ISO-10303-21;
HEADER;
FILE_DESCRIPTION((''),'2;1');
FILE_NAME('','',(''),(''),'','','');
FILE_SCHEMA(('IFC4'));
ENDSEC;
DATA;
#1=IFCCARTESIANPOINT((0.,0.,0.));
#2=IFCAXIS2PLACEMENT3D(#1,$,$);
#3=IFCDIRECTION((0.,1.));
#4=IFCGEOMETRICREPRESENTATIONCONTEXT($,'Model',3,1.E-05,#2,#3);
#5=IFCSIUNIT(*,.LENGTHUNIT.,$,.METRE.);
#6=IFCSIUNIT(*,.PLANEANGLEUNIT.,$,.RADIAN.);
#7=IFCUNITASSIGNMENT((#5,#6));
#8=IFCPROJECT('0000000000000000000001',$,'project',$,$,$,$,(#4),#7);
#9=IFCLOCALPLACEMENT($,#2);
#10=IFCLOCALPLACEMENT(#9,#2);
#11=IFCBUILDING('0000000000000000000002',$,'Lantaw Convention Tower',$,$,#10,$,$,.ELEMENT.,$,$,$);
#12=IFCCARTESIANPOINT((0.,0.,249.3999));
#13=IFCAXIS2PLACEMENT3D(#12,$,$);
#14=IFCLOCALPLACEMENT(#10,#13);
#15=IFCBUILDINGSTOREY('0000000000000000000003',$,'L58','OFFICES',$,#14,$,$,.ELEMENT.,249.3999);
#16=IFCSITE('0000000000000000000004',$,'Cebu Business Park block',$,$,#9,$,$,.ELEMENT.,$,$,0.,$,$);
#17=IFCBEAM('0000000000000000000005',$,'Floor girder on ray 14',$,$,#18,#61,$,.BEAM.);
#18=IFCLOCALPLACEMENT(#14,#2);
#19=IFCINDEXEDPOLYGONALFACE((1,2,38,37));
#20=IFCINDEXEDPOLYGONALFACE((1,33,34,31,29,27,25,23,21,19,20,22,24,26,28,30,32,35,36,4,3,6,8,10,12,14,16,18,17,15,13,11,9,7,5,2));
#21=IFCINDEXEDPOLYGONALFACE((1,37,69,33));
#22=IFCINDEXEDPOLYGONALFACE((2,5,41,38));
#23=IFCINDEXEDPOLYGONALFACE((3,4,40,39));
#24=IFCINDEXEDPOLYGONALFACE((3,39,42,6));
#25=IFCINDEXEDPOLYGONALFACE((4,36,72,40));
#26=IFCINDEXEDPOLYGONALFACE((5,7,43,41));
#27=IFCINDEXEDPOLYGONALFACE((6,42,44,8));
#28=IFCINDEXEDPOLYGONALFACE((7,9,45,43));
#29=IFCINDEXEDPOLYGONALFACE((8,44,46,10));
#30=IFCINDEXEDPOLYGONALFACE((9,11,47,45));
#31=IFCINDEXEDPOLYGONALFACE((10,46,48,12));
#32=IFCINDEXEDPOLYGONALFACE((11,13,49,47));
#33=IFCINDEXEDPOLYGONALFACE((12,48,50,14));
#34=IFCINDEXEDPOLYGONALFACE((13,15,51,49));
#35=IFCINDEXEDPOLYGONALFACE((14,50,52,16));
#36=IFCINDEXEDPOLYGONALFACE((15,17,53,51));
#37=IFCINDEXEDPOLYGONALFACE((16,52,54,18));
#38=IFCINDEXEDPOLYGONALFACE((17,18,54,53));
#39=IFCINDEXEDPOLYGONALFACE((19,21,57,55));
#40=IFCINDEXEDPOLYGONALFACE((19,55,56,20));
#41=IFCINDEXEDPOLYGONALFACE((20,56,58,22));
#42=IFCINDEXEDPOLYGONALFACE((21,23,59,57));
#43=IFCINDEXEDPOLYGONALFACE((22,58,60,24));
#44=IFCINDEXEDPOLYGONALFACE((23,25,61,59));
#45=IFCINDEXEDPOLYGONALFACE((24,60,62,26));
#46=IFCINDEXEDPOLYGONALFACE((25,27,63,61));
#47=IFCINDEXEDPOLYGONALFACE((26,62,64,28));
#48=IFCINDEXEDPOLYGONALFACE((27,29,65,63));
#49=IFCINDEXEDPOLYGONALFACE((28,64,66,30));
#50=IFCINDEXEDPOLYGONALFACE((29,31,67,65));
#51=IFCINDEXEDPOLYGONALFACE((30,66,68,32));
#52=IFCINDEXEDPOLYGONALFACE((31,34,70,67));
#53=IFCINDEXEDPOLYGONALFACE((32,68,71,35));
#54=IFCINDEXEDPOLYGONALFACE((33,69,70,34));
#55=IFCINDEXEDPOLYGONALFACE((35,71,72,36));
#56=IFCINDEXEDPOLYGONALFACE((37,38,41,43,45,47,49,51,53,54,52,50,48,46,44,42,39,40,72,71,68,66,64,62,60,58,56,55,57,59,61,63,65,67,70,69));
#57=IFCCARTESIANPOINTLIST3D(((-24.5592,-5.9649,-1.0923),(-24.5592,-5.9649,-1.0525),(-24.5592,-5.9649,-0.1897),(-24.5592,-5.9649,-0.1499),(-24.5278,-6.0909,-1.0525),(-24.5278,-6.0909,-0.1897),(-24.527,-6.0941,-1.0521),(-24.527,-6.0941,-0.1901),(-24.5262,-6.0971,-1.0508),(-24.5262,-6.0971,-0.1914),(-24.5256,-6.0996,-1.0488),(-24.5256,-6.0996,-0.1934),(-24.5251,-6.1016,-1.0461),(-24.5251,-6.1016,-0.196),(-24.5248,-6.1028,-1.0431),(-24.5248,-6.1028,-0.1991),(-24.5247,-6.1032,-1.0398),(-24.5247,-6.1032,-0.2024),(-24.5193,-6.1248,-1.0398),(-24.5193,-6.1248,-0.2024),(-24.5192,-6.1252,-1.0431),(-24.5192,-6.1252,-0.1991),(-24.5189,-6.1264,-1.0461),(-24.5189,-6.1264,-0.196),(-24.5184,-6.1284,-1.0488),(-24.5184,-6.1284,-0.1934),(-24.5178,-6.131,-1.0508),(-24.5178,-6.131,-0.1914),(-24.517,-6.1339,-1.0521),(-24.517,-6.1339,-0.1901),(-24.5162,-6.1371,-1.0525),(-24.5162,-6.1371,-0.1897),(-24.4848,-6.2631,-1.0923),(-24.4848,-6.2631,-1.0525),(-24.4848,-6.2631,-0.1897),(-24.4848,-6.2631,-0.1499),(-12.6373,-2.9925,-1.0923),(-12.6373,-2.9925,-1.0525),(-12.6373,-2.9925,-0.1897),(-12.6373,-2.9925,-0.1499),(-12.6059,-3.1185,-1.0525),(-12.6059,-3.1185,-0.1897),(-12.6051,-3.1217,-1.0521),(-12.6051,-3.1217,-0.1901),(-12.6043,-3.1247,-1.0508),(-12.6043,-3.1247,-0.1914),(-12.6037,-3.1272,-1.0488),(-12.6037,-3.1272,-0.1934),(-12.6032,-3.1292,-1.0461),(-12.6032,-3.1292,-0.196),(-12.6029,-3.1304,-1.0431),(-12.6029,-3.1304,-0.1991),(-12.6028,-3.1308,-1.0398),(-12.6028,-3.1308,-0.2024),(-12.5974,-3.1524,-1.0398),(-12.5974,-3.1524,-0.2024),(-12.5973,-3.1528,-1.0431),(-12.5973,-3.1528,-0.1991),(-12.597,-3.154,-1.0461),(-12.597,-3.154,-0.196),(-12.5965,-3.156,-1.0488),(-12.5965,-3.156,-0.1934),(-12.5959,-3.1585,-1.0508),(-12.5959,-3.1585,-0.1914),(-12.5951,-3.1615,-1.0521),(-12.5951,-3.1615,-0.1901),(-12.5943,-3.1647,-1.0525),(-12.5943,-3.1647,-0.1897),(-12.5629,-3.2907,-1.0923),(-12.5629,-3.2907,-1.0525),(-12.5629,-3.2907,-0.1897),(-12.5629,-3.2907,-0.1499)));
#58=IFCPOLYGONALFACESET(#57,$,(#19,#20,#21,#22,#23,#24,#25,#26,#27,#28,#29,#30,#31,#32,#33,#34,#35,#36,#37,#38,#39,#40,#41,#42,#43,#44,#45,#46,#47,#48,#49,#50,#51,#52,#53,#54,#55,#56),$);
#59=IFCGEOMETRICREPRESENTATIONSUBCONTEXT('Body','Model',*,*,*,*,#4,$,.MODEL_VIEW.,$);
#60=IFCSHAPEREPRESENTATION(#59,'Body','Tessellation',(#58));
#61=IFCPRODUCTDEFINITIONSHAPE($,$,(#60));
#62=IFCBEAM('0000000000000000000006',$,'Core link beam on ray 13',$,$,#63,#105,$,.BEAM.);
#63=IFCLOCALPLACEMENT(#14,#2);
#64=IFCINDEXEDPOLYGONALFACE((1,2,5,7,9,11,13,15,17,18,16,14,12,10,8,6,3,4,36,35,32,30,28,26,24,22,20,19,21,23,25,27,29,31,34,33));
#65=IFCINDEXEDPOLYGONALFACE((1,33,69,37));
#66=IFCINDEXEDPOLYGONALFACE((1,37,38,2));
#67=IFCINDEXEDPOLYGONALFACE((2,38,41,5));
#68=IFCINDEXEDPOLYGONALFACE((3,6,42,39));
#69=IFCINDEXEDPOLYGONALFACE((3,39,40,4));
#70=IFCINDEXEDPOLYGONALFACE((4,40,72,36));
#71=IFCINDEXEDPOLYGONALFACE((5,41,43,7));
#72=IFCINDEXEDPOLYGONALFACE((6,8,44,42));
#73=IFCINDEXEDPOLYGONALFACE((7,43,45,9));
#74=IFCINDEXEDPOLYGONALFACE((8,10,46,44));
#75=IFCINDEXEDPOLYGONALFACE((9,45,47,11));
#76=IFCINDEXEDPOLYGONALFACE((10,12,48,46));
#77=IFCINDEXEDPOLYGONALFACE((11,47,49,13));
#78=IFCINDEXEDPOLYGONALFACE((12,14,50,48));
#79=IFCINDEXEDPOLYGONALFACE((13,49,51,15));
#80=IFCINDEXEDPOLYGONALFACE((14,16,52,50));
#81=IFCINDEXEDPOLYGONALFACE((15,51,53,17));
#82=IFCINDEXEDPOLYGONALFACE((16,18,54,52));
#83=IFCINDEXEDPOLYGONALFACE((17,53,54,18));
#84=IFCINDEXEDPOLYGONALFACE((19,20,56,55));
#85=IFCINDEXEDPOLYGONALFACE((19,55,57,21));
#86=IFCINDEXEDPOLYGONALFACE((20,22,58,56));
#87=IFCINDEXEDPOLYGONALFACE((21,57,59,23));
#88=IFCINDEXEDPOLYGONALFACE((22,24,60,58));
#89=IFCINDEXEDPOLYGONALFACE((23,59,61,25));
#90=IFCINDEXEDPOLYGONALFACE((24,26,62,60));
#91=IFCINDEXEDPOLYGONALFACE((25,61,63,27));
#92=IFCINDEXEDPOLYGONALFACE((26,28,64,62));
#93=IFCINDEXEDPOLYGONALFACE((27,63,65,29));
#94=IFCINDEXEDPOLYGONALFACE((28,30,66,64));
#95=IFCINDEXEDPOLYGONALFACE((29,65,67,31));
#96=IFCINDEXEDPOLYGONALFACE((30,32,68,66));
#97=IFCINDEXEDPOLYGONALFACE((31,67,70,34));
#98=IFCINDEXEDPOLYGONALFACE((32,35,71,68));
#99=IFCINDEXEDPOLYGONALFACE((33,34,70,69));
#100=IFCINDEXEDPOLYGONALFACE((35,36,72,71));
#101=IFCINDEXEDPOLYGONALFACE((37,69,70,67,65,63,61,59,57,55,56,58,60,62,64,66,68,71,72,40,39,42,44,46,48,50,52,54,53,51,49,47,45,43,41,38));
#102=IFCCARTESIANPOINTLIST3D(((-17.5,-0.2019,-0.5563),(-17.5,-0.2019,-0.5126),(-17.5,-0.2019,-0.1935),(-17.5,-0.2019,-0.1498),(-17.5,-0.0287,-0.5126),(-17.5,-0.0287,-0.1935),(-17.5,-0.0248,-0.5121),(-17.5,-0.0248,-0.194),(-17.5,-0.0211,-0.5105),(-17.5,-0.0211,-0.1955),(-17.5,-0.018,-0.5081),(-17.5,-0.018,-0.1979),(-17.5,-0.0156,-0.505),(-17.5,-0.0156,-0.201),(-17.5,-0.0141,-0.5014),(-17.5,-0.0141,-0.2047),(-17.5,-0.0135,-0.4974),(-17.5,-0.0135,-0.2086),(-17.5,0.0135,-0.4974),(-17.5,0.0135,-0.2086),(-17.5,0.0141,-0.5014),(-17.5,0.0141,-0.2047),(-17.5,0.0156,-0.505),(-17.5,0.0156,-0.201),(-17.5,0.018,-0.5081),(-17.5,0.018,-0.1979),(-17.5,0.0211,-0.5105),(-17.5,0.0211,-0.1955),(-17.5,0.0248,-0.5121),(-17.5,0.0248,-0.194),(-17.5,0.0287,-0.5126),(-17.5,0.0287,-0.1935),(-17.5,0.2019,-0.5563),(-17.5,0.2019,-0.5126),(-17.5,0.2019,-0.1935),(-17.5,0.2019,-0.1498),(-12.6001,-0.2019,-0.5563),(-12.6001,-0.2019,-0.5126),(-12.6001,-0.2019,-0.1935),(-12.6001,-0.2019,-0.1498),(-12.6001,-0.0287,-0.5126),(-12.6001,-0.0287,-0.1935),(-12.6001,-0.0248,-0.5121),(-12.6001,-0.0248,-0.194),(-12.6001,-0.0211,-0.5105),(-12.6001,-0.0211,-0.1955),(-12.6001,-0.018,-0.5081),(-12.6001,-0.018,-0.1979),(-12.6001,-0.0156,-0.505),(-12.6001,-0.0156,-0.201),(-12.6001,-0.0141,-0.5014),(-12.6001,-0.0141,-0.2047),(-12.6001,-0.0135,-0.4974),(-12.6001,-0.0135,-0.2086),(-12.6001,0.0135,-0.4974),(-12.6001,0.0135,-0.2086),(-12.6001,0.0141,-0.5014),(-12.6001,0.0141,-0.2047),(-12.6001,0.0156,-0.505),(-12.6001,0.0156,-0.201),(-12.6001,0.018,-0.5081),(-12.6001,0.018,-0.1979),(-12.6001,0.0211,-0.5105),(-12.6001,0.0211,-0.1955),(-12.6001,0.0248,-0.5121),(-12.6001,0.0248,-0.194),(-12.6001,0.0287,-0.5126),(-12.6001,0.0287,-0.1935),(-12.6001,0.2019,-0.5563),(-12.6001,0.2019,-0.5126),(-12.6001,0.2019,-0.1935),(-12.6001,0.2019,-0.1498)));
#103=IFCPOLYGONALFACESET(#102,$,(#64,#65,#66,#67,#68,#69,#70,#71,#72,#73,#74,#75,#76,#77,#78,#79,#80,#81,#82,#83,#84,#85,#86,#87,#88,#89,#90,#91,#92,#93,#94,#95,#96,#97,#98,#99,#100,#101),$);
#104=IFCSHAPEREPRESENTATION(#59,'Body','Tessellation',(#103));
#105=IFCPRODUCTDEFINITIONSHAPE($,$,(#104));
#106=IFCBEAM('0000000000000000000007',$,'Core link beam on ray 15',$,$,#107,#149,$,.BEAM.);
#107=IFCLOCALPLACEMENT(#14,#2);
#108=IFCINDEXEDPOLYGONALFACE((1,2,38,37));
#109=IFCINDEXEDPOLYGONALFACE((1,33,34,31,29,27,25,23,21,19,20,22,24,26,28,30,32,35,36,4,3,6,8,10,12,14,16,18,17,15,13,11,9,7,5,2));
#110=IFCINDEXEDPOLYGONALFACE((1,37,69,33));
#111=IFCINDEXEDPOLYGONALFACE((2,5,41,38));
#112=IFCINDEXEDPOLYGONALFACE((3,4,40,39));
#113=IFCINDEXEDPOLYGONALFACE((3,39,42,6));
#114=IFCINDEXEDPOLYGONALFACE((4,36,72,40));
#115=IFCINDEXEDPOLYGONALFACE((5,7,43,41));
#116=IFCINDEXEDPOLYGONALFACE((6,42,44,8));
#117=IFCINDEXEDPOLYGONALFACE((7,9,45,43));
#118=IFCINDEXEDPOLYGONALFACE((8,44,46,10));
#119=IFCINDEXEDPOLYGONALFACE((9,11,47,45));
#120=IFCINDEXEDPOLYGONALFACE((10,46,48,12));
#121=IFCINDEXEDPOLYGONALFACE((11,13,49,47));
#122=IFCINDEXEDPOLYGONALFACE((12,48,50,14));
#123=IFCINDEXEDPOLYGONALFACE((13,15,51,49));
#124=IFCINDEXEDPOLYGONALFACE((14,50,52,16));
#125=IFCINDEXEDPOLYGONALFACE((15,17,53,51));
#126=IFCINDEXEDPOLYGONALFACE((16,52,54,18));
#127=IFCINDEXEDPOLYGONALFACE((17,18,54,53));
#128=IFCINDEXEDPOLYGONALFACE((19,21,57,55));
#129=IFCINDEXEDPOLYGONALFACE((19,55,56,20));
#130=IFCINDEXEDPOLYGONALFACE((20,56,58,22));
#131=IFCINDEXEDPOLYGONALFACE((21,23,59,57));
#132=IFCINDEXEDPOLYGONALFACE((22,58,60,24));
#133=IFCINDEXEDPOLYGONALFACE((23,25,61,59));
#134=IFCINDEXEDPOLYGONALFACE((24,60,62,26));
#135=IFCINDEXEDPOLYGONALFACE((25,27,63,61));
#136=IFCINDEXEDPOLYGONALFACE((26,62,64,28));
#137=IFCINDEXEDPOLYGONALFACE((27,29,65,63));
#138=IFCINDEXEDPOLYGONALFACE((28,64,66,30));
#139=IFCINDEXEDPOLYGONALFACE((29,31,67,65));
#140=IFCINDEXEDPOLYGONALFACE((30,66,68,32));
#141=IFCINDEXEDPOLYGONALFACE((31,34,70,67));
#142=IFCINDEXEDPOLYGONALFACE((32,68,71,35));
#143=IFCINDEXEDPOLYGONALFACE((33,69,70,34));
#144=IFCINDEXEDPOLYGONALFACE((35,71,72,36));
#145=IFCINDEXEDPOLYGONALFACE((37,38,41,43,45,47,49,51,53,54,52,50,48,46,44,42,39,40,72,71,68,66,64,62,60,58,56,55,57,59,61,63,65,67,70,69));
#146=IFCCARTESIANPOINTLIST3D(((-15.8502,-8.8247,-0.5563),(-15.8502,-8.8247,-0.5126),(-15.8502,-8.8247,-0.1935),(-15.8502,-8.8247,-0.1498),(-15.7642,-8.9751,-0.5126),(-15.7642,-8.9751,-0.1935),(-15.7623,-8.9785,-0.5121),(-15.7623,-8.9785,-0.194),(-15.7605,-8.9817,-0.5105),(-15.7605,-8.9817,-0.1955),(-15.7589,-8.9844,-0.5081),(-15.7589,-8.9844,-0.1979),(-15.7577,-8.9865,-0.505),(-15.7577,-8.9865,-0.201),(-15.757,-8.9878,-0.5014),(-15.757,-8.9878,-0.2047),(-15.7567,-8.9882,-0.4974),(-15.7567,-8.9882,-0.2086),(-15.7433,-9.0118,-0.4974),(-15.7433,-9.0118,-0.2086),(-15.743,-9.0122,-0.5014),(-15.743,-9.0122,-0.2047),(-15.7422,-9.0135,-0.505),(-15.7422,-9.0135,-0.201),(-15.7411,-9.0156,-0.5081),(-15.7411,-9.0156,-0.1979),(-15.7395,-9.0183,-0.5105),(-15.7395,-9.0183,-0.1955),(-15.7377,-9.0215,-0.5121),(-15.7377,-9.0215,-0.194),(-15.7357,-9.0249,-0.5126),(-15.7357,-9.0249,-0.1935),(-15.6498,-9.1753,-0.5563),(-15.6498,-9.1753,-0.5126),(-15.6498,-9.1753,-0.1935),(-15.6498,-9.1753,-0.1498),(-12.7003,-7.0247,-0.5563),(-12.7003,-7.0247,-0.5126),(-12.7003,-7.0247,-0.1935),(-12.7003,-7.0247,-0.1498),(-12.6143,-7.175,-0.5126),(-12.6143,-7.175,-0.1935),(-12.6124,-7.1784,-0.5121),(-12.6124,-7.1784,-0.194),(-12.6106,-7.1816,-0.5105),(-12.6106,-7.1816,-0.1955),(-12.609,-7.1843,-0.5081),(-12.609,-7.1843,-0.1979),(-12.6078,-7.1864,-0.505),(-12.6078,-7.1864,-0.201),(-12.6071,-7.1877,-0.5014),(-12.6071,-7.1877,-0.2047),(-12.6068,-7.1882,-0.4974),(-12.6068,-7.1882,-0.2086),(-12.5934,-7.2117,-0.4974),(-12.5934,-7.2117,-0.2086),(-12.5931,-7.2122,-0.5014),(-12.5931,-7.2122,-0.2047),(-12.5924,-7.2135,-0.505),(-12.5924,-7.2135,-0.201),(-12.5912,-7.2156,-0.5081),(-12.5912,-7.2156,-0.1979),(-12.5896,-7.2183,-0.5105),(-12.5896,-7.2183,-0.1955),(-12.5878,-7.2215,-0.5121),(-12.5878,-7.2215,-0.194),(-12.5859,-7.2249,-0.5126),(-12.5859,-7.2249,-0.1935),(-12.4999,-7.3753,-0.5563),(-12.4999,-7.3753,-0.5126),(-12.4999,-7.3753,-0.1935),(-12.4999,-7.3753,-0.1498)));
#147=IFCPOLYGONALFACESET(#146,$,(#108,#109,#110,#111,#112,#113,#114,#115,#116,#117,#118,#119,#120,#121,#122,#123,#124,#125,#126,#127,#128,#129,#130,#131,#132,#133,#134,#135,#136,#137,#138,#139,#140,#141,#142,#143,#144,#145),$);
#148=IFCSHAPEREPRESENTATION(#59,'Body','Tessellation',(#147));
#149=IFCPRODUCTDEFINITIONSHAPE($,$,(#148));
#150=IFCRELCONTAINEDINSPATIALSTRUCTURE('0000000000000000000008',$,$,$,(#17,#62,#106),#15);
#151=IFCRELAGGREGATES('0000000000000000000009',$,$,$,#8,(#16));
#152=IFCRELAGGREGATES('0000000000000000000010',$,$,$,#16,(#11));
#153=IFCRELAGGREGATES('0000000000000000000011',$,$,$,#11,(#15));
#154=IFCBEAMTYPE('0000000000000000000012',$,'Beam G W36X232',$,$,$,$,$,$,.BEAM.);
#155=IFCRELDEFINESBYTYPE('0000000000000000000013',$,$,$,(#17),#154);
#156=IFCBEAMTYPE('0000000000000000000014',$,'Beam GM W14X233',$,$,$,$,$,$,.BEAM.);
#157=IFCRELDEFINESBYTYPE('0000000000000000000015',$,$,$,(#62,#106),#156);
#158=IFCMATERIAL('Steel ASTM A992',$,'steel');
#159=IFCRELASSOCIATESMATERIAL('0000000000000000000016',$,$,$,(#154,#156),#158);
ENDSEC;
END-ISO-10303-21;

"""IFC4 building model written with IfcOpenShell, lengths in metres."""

from ifc_helpers import new_model, si_unit, direction, frame, origin, origin_2d, place, context, subcontext, project, spatial, i_section, extrude, material, material_profile, profile_set, type_object, element, save


model = new_model("IFC4")

# Units and contexts
model_context = context("Model", 3, precision=1e-05, world=origin(), true_north=direction((0.0, 1.0)))
body_context = subcontext(model_context, "Body", "Model", "MODEL_VIEW")
ifc_project = project(units=[si_unit("LENGTHUNIT", "METRE"), si_unit("PLANEANGLEUNIT", "RADIAN")], contexts=[model_context])

# Site, building, storey
site_placement = place(None, origin())
site = spatial("IfcSite", under=ifc_project, at=site_placement, Name="Cebu Business Park block", CompositionType="ELEMENT", RefElevation=0.0)
building_placement = place(site_placement, origin())
building = spatial("IfcBuilding", under=site, at=building_placement, Name="Lantaw Convention Tower", CompositionType="ELEMENT")
storey_placement = place(building_placement, frame((0.0, 0.0, 249.3999)))
storey = spatial("IfcBuildingStorey", under=building, at=storey_placement, Name="L58", Description="OFFICES", CompositionType="ELEMENT", Elevation=249.3999)

# Beams
ifc_material_1 = material(Name="Steel ASTM A992", Category="steel")
ifc_material_profile_1 = material_profile(ifc_material_1, i_section(OverallWidth=0.3074, OverallDepth=0.9424, WebThickness=0.0222, FlangeThickness=0.0398, FilletRadius=0.0127, at=origin_2d()), Name="W36X232")
ifc_profile_set_1 = profile_set([ifc_material_profile_1], Name="Steel ASTM A992")
beam_type_1 = type_object("IfcBeamType", Name="Beam G W36X232", PredefinedType="BEAM", material=ifc_profile_set_1)
beam_1_placement = place(storey_placement, frame((-12.6001, -3.1416, -0.6211), z_axis=(-0.970297, -0.241918, 0.0), x_axis=(0.241918, -0.970297, 0.0)))
element("IfcBeam", 1, at=beam_1_placement, inside=storey, type_object=beam_type_1, Name="Floor girder on ray 14", PredefinedType="BEAM", context=body_context, shape_type="SweptSolid", body=[
    extrude(i_section(OverallWidth=0.3074, OverallDepth=0.9424, WebThickness=0.0222, FlangeThickness=0.0398, FilletRadius=0.0127, at=origin_2d()), origin(), (0.0, 0.0, 1.0), 12.2869),
])
ifc_material_profile_2 = material_profile(ifc_material_1, i_section(OverallWidth=0.4038, OverallDepth=0.4065, WebThickness=0.0271, FlangeThickness=0.0437, FilletRadius=0.0151, at=origin_2d()), Name="W14X233")
ifc_profile_set_2 = profile_set([ifc_material_profile_2], Name="Steel ASTM A992")
beam_type_2 = type_object("IfcBeamType", Name="Beam GM W14X233", PredefinedType="BEAM", material=ifc_profile_set_2)
beam_2_placement = place(storey_placement, frame((-12.6001, 0.0, -0.353), z_axis=(-1.0, 0.0, 0.0), x_axis=(0.0, -1.0, 0.0)))
element("IfcBeam", 2, at=beam_2_placement, inside=storey, type_object=beam_type_2, Name="Core link beam on ray 13", PredefinedType="BEAM", context=body_context, shape_type="SweptSolid", body=[
    extrude(i_section(OverallWidth=0.4038, OverallDepth=0.4065, WebThickness=0.0271, FlangeThickness=0.0437, FilletRadius=0.0151, at=origin_2d()), origin(), (0.0, 0.0, 1.0), 4.8999),
])
beam_3_placement = place(storey_placement, frame((-12.6001, -7.2, -0.353), z_axis=(-0.868231, -0.496161, 0.0), x_axis=(0.496161, -0.868231, 0.0)))
element("IfcBeam", 3, at=beam_3_placement, inside=storey, type_object=beam_type_2, Name="Core link beam on ray 15", PredefinedType="BEAM", context=body_context, shape_type="SweptSolid", body=[
    extrude(i_section(OverallWidth=0.4038, OverallDepth=0.4065, WebThickness=0.0271, FlangeThickness=0.0437, FilletRadius=0.0151, at=origin_2d()), origin(), (0.0, 0.0, 1.0), 3.6279),
])

save(model, "model.ifc")
